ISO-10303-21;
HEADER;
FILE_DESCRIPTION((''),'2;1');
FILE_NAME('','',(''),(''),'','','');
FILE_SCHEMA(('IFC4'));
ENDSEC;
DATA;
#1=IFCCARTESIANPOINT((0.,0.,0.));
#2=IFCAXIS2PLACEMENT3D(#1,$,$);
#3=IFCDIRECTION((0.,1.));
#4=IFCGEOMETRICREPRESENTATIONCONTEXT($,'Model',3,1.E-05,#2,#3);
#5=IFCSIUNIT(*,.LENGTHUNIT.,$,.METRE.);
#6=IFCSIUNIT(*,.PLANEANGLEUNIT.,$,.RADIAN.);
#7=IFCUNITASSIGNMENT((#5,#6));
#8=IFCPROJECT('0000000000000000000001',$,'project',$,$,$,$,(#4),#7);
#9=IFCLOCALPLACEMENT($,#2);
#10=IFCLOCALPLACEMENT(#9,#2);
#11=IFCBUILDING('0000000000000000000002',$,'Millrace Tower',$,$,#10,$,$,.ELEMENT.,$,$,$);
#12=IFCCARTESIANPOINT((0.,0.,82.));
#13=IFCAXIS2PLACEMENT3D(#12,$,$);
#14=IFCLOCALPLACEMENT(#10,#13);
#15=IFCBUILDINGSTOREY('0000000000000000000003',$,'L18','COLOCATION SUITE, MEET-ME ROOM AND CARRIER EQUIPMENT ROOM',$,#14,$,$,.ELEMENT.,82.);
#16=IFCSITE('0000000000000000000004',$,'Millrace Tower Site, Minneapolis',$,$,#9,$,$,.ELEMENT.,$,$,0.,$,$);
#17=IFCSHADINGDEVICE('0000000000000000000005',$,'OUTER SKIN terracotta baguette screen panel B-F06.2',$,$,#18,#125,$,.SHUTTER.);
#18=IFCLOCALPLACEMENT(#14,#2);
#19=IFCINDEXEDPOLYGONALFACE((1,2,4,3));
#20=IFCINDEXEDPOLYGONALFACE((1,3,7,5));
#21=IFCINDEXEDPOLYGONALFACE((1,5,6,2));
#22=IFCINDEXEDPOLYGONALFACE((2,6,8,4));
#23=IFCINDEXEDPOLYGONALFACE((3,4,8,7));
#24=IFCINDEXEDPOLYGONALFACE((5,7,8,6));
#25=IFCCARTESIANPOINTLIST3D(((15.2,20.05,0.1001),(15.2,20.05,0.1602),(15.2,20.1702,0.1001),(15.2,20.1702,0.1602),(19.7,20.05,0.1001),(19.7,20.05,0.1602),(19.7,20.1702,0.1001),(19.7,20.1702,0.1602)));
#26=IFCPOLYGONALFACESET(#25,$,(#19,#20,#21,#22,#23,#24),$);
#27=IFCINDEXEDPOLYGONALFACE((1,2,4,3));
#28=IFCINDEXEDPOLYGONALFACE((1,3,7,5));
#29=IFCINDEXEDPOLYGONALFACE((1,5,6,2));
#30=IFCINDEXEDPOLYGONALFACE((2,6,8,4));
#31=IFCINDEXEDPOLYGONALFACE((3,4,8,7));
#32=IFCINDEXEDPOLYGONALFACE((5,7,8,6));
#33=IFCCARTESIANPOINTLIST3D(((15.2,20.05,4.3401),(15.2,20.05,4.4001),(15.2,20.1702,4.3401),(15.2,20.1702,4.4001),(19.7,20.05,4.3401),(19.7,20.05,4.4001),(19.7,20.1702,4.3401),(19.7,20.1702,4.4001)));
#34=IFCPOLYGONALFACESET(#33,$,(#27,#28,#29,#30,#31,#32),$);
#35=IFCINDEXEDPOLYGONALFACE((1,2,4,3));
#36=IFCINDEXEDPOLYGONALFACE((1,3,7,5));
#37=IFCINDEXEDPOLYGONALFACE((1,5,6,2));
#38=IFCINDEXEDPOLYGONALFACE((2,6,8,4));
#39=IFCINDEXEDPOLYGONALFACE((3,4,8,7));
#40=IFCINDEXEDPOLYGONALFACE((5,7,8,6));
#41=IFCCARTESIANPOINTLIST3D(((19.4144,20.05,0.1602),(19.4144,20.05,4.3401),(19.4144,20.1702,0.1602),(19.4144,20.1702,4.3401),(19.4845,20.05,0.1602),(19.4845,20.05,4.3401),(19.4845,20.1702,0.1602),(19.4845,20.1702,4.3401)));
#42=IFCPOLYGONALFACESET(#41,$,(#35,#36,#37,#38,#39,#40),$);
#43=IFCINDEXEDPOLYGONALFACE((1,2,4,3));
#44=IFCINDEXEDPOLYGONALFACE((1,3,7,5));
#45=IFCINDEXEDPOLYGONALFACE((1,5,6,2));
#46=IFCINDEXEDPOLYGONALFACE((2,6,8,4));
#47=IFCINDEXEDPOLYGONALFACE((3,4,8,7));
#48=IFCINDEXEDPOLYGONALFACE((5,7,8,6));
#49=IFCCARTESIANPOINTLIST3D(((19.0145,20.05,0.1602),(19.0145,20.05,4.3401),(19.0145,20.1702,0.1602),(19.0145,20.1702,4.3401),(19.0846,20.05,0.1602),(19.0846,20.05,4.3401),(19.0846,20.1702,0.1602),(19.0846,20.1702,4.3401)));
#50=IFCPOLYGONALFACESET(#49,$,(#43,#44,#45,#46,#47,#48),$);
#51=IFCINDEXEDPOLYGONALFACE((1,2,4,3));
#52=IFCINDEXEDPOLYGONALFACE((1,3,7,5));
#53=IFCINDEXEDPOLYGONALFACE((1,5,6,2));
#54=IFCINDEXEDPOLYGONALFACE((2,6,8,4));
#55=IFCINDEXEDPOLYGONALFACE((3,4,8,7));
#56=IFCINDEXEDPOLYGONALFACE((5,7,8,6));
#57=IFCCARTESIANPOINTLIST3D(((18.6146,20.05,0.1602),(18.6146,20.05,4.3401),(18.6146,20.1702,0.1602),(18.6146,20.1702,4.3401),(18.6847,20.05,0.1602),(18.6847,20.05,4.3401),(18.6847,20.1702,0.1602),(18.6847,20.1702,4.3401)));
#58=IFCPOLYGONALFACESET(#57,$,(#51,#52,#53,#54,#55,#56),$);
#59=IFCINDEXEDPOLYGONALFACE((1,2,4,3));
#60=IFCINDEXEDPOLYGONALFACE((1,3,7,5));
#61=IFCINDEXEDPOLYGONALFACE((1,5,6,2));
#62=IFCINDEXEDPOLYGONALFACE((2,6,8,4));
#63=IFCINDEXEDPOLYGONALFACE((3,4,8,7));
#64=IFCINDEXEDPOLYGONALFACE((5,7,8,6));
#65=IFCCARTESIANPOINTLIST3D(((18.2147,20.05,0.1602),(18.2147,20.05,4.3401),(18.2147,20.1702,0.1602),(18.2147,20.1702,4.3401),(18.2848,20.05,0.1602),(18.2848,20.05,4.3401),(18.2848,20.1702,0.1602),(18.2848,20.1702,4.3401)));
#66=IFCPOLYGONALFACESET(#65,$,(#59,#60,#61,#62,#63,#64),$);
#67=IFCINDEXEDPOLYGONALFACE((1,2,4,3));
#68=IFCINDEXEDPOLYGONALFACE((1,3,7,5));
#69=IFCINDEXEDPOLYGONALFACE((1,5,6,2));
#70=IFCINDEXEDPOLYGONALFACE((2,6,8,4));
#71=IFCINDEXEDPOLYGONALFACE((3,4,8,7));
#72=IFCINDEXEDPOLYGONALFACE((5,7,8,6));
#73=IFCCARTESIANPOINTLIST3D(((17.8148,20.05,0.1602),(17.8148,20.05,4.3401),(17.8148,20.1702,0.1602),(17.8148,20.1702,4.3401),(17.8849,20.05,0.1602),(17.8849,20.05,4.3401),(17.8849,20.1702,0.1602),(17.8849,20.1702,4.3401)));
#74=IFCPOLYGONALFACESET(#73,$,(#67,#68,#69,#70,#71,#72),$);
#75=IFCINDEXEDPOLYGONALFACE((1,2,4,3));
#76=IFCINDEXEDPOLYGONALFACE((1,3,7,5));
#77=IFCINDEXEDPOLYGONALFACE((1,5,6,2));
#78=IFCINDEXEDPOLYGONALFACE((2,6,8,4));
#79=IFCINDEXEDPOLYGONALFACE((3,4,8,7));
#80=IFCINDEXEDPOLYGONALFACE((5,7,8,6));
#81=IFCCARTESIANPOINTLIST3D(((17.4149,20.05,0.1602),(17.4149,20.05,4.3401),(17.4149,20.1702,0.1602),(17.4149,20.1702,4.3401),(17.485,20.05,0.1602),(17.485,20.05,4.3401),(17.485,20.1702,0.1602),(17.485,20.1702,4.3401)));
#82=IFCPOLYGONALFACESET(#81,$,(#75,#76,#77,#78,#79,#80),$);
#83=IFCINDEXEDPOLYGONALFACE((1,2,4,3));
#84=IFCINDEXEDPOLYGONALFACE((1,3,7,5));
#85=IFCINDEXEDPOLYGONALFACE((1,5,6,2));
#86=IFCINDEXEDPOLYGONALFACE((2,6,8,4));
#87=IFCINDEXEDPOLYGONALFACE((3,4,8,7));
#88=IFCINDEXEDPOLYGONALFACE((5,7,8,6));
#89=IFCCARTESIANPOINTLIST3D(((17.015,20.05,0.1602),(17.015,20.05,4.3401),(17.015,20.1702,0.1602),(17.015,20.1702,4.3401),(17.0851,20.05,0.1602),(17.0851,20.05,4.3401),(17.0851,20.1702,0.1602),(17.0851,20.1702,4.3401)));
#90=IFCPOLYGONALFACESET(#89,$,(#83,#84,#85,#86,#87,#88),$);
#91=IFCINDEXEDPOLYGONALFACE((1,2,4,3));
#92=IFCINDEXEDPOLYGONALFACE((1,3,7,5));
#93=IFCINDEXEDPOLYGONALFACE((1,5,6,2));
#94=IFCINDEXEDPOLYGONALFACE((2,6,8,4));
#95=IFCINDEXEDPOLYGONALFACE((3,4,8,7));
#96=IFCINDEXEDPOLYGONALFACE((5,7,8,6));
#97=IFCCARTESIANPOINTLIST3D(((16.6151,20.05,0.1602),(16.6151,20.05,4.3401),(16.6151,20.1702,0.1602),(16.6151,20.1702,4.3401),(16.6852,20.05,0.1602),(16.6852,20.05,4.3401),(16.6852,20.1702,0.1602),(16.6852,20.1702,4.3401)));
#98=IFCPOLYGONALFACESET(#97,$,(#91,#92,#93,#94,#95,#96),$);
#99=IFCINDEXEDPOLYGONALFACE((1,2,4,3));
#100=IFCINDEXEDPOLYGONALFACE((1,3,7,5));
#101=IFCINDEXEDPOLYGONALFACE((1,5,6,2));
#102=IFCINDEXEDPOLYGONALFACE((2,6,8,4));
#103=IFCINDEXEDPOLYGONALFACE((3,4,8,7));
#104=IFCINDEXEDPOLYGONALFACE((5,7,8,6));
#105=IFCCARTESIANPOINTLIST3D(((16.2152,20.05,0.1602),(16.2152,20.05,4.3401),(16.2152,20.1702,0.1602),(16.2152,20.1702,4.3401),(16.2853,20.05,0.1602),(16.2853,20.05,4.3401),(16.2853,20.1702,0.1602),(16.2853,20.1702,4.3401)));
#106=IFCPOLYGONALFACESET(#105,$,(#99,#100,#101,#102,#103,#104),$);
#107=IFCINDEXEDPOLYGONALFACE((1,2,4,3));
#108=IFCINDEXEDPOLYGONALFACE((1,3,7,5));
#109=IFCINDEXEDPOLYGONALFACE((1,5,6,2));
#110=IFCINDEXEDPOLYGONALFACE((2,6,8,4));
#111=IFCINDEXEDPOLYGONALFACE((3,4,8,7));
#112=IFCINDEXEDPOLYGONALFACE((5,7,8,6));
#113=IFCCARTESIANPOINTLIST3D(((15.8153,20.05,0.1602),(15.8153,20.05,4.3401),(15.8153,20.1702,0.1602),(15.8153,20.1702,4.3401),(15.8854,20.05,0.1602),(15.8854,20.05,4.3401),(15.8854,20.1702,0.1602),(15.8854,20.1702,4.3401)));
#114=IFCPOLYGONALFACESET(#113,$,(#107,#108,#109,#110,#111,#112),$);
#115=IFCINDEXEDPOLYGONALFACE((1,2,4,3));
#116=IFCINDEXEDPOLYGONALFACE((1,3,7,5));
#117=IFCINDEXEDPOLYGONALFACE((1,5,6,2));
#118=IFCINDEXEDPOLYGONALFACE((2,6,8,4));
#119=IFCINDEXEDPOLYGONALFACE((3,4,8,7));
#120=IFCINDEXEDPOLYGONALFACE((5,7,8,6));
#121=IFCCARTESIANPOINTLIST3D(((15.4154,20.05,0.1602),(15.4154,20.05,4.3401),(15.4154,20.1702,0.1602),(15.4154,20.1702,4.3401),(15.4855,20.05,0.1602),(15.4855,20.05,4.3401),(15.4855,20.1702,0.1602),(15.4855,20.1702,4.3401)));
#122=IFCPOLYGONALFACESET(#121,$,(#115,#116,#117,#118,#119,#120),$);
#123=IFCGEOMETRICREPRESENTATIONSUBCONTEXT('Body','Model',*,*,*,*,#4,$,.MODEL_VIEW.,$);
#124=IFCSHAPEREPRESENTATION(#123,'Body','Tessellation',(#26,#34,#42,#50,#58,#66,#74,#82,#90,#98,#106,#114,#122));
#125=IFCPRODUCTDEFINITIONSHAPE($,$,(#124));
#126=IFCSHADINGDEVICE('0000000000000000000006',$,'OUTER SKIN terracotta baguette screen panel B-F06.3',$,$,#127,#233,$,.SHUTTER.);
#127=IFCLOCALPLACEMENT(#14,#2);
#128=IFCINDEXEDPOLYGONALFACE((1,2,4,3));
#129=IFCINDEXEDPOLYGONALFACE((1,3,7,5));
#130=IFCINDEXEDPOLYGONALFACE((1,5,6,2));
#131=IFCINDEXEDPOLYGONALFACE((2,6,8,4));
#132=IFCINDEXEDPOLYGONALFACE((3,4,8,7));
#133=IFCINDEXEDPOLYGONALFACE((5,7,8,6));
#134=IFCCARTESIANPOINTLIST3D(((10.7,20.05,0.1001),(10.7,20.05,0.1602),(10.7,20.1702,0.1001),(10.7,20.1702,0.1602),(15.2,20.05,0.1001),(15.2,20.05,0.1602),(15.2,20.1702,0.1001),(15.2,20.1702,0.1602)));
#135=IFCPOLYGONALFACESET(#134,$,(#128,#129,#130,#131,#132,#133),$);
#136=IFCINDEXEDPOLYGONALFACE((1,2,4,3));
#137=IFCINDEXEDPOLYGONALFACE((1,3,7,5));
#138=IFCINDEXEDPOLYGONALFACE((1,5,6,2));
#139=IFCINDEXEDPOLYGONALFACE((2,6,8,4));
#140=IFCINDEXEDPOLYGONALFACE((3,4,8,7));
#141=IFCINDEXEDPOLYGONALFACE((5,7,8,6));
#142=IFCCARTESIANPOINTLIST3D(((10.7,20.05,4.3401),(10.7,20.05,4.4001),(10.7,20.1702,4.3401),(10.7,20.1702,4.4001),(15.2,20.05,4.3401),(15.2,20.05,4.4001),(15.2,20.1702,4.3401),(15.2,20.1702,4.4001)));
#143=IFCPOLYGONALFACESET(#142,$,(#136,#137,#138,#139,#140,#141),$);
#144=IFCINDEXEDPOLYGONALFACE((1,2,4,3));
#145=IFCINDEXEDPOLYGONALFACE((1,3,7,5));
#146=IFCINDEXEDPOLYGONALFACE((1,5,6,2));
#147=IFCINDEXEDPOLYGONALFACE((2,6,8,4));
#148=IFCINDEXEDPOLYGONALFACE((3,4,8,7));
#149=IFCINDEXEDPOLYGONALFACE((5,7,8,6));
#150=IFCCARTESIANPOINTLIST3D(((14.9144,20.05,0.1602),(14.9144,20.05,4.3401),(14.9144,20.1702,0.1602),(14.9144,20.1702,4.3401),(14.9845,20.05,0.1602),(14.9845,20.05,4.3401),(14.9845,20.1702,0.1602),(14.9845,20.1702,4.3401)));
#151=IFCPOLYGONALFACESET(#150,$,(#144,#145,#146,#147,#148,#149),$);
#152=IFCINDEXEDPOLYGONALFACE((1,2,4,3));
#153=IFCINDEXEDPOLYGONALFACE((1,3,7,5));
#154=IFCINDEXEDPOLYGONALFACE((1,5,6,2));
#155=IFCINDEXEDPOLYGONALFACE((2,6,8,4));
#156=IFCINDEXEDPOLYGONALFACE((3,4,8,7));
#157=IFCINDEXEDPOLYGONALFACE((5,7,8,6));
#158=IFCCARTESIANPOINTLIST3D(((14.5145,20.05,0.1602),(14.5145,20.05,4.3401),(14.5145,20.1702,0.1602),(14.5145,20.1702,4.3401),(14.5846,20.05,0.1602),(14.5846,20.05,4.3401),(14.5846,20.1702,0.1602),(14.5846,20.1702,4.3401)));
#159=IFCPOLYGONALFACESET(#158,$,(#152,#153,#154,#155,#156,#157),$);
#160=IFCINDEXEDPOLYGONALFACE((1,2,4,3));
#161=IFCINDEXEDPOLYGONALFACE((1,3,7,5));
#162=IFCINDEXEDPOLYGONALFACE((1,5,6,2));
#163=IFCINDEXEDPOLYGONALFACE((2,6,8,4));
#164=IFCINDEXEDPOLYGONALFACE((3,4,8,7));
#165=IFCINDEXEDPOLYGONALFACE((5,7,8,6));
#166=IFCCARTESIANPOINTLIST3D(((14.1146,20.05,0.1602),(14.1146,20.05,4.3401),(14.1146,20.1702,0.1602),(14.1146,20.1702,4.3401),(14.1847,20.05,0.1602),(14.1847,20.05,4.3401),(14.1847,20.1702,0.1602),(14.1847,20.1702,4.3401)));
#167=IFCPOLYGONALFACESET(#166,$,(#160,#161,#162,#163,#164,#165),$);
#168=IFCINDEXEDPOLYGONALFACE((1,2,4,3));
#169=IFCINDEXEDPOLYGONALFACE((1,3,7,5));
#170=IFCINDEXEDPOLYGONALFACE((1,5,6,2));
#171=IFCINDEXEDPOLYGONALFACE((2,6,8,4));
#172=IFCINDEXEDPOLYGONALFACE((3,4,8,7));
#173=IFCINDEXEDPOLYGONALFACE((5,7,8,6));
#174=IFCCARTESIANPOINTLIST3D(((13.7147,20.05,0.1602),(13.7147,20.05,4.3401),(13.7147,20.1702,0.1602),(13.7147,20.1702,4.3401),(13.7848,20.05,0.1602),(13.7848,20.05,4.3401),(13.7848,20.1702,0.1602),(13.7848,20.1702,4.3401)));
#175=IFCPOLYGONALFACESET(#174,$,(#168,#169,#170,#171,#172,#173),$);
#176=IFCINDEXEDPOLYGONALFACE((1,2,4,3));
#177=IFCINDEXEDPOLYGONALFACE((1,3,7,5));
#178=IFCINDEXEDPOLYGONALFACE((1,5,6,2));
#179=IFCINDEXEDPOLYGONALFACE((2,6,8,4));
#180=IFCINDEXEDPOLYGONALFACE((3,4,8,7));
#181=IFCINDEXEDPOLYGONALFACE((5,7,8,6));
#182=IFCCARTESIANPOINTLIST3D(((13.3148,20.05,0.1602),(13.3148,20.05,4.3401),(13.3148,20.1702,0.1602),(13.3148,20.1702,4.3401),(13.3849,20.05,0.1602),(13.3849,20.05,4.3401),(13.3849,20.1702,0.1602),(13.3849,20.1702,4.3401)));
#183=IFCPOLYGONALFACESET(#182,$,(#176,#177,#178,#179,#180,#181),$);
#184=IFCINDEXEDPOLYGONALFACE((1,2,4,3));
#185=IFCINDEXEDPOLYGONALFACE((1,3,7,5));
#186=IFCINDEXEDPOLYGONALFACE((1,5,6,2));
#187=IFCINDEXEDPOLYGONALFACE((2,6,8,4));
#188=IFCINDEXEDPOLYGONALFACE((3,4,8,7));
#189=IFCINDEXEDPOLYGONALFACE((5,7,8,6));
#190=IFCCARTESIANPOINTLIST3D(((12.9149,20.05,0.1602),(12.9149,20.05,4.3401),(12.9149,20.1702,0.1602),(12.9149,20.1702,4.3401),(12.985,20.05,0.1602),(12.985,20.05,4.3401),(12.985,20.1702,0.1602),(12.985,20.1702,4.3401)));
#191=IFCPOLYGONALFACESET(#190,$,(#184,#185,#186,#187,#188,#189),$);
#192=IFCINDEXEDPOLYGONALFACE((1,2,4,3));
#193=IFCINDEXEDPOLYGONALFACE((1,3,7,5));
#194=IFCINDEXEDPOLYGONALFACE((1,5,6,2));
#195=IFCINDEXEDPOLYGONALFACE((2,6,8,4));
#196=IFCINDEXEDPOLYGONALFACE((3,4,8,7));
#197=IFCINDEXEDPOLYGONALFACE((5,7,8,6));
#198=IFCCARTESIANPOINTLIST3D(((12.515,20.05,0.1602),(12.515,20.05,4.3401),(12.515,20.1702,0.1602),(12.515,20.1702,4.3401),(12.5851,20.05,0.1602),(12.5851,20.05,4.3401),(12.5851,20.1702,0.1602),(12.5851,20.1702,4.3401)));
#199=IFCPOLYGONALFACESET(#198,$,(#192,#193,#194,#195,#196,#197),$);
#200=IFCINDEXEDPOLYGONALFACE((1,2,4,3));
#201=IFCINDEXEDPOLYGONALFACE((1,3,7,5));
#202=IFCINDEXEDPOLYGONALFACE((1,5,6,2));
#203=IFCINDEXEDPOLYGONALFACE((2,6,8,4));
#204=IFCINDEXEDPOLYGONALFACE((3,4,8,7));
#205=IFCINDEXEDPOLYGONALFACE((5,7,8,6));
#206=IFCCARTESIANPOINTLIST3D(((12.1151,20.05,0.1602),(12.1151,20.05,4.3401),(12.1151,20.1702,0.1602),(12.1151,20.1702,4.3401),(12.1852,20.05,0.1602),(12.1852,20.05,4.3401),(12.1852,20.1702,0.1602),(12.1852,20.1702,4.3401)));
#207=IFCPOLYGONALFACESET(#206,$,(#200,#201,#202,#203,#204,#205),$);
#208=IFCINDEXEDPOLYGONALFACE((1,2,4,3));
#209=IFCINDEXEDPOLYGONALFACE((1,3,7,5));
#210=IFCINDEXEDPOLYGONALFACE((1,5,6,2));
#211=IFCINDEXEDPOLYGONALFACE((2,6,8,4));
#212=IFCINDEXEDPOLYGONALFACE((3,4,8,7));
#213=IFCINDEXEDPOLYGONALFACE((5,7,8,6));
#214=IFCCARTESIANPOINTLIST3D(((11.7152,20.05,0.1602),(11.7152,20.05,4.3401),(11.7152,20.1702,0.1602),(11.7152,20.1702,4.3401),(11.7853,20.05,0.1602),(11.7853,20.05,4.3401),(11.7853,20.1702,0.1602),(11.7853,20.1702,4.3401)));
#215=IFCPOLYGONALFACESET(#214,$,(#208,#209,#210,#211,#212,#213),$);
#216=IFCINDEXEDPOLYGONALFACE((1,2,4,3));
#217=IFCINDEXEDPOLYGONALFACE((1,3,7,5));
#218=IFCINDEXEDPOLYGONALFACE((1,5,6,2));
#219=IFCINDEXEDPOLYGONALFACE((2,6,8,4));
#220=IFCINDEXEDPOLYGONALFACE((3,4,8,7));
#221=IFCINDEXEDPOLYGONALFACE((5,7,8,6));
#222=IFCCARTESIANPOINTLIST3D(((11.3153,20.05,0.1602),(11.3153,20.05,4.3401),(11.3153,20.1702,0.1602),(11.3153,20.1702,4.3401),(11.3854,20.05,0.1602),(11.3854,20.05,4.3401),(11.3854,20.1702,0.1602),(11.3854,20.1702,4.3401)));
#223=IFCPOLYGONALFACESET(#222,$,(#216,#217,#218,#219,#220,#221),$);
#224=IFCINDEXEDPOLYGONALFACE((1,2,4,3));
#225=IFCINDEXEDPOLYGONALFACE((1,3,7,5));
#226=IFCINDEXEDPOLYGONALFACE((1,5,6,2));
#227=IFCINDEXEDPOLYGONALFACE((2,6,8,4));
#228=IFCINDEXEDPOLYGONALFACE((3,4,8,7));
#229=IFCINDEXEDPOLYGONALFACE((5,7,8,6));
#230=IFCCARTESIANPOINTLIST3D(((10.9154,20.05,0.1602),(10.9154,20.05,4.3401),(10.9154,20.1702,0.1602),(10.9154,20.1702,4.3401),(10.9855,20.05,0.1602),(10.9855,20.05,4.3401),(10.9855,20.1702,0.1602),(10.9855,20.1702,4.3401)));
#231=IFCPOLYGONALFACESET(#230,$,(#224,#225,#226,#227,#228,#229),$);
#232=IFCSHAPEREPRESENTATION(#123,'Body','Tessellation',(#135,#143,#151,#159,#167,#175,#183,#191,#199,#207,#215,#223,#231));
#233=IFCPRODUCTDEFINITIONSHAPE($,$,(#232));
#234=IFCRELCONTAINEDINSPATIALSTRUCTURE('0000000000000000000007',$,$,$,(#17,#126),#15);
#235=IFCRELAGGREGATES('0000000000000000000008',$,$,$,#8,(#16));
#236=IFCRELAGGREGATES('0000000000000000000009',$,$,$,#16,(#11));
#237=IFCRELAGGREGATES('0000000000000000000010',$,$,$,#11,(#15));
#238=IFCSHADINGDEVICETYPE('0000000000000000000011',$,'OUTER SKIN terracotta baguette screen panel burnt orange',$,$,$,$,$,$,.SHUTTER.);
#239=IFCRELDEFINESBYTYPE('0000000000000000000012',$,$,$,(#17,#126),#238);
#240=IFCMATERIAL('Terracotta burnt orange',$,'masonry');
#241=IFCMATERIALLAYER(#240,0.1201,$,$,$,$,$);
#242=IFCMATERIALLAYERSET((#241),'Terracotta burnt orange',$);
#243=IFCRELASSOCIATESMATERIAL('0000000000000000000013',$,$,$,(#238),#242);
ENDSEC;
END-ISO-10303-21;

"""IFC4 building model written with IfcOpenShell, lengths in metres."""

from ifc_helpers import new_model, entity, si_unit, direction, frame, frame_2d, origin, origin_2d, place, context, subcontext, project, spatial, rectangle, extrude, source, transform, mapped, material, layer, layer_set, type_object, element, save


model = new_model("IFC4")

# Units and contexts
model_context = context("Model", 3, precision=1e-05, world=origin(), true_north=direction((0.0, 1.0)))
body_context = subcontext(model_context, "Body", "Model", "MODEL_VIEW")
ifc_project = project(units=[si_unit("LENGTHUNIT", "METRE"), si_unit("PLANEANGLEUNIT", "RADIAN")], contexts=[model_context])

# Site, building, storey
site_placement = place(None, origin())
site = spatial("IfcSite", under=ifc_project, at=site_placement, Name="Millrace Tower Site, Minneapolis", CompositionType="ELEMENT", RefElevation=0.0)
building_placement = place(site_placement, origin())
building = spatial("IfcBuilding", under=site, at=building_placement, Name="Millrace Tower", CompositionType="ELEMENT")
storey_placement = place(building_placement, frame((0.0, 0.0, 82.0)))
storey = spatial("IfcBuildingStorey", under=building, at=storey_placement, Name="L18", Description="COLOCATION SUITE, MEET-ME ROOM AND CARRIER EQUIPMENT ROOM", CompositionType="ELEMENT", Elevation=82.0)

# Shading devices
ifc_material_1 = material(Name="Terracotta burnt orange", Category="masonry")
ifc_layer_1 = layer(ifc_material_1, 0.1201)
ifc_layer_set_1 = layer_set([ifc_layer_1], Name="Terracotta burnt orange")
shading_device_type = type_object("IfcShadingDeviceType", Name="OUTER SKIN terracotta baguette screen panel burnt orange", PredefinedType="SHUTTER", material=ifc_layer_set_1)
cartesian_point_1 = entity("IfcCartesianPoint", [-2.25, 0.0601])
shared_polyline_1 = entity("IfcPolyline", [cartesian_point_1, entity("IfcCartesianPoint", [2.25, 0.0601]), entity("IfcCartesianPoint", [2.25, -0.0601]), entity("IfcCartesianPoint", [-2.25, -0.0601]), cartesian_point_1])
shared_shape_1 = source(origin(), body_context, "Body", "SweptSolid", [
    entity("IfcExtrudedAreaSolid", entity("IfcArbitraryClosedProfileDef", "AREA", None, shared_polyline_1), entity("IfcAxis2Placement3D", entity("IfcCartesianPoint", [0.0, 0.0, 0.0])), entity("IfcDirection", [0.0, 0.0, 1.0]), 0.0601),
    entity("IfcExtrudedAreaSolid", entity("IfcArbitraryClosedProfileDef", "AREA", None, shared_polyline_1), entity("IfcAxis2Placement3D", entity("IfcCartesianPoint", [0.0, 0.0, 4.24])), entity("IfcDirection", [0.0, 0.0, 1.0]), 0.0601),
    extrude(rectangle(XDim=0.0701, YDim=0.1201, at=frame_2d((-1.9995, 0.0))), frame((0.0, 0.0, 0.0601)), (0.0, 0.0, 1.0), 4.1799),
    extrude(rectangle(XDim=0.0701, YDim=0.1201, at=frame_2d((-1.5996, 0.0))), frame((0.0, 0.0, 0.0601)), (0.0, 0.0, 1.0), 4.1799),
    extrude(rectangle(XDim=0.0701, YDim=0.1201, at=frame_2d((-1.1997, 0.0))), frame((0.0, 0.0, 0.0601)), (0.0, 0.0, 1.0), 4.1799),
    extrude(rectangle(XDim=0.0701, YDim=0.1201, at=frame_2d((-0.7998, 0.0))), frame((0.0, 0.0, 0.0601)), (0.0, 0.0, 1.0), 4.1799),
    extrude(rectangle(XDim=0.0701, YDim=0.1201, at=frame_2d((-0.3999, 0.0))), frame((0.0, 0.0, 0.0601)), (0.0, 0.0, 1.0), 4.1799),
    extrude(rectangle(XDim=0.0701, YDim=0.1201, at=origin_2d()), frame((0.0, 0.0, 0.0601)), (0.0, 0.0, 1.0), 4.1799),
    extrude(rectangle(XDim=0.0701, YDim=0.1201, at=frame_2d((0.3999, 0.0))), frame((0.0, 0.0, 0.0601)), (0.0, 0.0, 1.0), 4.1799),
    extrude(rectangle(XDim=0.0701, YDim=0.1201, at=frame_2d((0.7998, 0.0))), frame((0.0, 0.0, 0.0601)), (0.0, 0.0, 1.0), 4.1799),
    extrude(rectangle(XDim=0.0701, YDim=0.1201, at=frame_2d((1.1997, 0.0))), frame((0.0, 0.0, 0.0601)), (0.0, 0.0, 1.0), 4.1799),
    extrude(rectangle(XDim=0.0701, YDim=0.1201, at=frame_2d((1.5996, 0.0))), frame((0.0, 0.0, 0.0601)), (0.0, 0.0, 1.0), 4.1799),
    extrude(rectangle(XDim=0.0701, YDim=0.1201, at=frame_2d((1.9995, 0.0))), frame((0.0, 0.0, 0.0601)), (0.0, 0.0, 1.0), 4.1799),
])
for number, where, z_axis, x_axis, name in (
    (1, (17.45, 20.1101, 0.1001), (0.0, 0.0, 1.0), (-1.0, 0.0, 0.0), "OUTER SKIN terracotta baguette screen panel B-F06.2"),
    (2, (12.95, 20.1101, 0.1001), (0.0, 0.0, 1.0), (-1.0, 0.0, 0.0), "OUTER SKIN terracotta baguette screen panel B-F06.3"),
):
    element("IfcShadingDevice", number, at=place(storey_placement, frame(where, z_axis=z_axis, x_axis=x_axis)), inside=storey, type_object=shading_device_type, Name=name, PredefinedType="SHUTTER", context=body_context, shape_type="MappedRepresentation", body=[
        mapped(shared_shape_1, transform((0.0, 0.0, 0.0), scale=1.0)),
    ])

save(model, "model.ifc")
